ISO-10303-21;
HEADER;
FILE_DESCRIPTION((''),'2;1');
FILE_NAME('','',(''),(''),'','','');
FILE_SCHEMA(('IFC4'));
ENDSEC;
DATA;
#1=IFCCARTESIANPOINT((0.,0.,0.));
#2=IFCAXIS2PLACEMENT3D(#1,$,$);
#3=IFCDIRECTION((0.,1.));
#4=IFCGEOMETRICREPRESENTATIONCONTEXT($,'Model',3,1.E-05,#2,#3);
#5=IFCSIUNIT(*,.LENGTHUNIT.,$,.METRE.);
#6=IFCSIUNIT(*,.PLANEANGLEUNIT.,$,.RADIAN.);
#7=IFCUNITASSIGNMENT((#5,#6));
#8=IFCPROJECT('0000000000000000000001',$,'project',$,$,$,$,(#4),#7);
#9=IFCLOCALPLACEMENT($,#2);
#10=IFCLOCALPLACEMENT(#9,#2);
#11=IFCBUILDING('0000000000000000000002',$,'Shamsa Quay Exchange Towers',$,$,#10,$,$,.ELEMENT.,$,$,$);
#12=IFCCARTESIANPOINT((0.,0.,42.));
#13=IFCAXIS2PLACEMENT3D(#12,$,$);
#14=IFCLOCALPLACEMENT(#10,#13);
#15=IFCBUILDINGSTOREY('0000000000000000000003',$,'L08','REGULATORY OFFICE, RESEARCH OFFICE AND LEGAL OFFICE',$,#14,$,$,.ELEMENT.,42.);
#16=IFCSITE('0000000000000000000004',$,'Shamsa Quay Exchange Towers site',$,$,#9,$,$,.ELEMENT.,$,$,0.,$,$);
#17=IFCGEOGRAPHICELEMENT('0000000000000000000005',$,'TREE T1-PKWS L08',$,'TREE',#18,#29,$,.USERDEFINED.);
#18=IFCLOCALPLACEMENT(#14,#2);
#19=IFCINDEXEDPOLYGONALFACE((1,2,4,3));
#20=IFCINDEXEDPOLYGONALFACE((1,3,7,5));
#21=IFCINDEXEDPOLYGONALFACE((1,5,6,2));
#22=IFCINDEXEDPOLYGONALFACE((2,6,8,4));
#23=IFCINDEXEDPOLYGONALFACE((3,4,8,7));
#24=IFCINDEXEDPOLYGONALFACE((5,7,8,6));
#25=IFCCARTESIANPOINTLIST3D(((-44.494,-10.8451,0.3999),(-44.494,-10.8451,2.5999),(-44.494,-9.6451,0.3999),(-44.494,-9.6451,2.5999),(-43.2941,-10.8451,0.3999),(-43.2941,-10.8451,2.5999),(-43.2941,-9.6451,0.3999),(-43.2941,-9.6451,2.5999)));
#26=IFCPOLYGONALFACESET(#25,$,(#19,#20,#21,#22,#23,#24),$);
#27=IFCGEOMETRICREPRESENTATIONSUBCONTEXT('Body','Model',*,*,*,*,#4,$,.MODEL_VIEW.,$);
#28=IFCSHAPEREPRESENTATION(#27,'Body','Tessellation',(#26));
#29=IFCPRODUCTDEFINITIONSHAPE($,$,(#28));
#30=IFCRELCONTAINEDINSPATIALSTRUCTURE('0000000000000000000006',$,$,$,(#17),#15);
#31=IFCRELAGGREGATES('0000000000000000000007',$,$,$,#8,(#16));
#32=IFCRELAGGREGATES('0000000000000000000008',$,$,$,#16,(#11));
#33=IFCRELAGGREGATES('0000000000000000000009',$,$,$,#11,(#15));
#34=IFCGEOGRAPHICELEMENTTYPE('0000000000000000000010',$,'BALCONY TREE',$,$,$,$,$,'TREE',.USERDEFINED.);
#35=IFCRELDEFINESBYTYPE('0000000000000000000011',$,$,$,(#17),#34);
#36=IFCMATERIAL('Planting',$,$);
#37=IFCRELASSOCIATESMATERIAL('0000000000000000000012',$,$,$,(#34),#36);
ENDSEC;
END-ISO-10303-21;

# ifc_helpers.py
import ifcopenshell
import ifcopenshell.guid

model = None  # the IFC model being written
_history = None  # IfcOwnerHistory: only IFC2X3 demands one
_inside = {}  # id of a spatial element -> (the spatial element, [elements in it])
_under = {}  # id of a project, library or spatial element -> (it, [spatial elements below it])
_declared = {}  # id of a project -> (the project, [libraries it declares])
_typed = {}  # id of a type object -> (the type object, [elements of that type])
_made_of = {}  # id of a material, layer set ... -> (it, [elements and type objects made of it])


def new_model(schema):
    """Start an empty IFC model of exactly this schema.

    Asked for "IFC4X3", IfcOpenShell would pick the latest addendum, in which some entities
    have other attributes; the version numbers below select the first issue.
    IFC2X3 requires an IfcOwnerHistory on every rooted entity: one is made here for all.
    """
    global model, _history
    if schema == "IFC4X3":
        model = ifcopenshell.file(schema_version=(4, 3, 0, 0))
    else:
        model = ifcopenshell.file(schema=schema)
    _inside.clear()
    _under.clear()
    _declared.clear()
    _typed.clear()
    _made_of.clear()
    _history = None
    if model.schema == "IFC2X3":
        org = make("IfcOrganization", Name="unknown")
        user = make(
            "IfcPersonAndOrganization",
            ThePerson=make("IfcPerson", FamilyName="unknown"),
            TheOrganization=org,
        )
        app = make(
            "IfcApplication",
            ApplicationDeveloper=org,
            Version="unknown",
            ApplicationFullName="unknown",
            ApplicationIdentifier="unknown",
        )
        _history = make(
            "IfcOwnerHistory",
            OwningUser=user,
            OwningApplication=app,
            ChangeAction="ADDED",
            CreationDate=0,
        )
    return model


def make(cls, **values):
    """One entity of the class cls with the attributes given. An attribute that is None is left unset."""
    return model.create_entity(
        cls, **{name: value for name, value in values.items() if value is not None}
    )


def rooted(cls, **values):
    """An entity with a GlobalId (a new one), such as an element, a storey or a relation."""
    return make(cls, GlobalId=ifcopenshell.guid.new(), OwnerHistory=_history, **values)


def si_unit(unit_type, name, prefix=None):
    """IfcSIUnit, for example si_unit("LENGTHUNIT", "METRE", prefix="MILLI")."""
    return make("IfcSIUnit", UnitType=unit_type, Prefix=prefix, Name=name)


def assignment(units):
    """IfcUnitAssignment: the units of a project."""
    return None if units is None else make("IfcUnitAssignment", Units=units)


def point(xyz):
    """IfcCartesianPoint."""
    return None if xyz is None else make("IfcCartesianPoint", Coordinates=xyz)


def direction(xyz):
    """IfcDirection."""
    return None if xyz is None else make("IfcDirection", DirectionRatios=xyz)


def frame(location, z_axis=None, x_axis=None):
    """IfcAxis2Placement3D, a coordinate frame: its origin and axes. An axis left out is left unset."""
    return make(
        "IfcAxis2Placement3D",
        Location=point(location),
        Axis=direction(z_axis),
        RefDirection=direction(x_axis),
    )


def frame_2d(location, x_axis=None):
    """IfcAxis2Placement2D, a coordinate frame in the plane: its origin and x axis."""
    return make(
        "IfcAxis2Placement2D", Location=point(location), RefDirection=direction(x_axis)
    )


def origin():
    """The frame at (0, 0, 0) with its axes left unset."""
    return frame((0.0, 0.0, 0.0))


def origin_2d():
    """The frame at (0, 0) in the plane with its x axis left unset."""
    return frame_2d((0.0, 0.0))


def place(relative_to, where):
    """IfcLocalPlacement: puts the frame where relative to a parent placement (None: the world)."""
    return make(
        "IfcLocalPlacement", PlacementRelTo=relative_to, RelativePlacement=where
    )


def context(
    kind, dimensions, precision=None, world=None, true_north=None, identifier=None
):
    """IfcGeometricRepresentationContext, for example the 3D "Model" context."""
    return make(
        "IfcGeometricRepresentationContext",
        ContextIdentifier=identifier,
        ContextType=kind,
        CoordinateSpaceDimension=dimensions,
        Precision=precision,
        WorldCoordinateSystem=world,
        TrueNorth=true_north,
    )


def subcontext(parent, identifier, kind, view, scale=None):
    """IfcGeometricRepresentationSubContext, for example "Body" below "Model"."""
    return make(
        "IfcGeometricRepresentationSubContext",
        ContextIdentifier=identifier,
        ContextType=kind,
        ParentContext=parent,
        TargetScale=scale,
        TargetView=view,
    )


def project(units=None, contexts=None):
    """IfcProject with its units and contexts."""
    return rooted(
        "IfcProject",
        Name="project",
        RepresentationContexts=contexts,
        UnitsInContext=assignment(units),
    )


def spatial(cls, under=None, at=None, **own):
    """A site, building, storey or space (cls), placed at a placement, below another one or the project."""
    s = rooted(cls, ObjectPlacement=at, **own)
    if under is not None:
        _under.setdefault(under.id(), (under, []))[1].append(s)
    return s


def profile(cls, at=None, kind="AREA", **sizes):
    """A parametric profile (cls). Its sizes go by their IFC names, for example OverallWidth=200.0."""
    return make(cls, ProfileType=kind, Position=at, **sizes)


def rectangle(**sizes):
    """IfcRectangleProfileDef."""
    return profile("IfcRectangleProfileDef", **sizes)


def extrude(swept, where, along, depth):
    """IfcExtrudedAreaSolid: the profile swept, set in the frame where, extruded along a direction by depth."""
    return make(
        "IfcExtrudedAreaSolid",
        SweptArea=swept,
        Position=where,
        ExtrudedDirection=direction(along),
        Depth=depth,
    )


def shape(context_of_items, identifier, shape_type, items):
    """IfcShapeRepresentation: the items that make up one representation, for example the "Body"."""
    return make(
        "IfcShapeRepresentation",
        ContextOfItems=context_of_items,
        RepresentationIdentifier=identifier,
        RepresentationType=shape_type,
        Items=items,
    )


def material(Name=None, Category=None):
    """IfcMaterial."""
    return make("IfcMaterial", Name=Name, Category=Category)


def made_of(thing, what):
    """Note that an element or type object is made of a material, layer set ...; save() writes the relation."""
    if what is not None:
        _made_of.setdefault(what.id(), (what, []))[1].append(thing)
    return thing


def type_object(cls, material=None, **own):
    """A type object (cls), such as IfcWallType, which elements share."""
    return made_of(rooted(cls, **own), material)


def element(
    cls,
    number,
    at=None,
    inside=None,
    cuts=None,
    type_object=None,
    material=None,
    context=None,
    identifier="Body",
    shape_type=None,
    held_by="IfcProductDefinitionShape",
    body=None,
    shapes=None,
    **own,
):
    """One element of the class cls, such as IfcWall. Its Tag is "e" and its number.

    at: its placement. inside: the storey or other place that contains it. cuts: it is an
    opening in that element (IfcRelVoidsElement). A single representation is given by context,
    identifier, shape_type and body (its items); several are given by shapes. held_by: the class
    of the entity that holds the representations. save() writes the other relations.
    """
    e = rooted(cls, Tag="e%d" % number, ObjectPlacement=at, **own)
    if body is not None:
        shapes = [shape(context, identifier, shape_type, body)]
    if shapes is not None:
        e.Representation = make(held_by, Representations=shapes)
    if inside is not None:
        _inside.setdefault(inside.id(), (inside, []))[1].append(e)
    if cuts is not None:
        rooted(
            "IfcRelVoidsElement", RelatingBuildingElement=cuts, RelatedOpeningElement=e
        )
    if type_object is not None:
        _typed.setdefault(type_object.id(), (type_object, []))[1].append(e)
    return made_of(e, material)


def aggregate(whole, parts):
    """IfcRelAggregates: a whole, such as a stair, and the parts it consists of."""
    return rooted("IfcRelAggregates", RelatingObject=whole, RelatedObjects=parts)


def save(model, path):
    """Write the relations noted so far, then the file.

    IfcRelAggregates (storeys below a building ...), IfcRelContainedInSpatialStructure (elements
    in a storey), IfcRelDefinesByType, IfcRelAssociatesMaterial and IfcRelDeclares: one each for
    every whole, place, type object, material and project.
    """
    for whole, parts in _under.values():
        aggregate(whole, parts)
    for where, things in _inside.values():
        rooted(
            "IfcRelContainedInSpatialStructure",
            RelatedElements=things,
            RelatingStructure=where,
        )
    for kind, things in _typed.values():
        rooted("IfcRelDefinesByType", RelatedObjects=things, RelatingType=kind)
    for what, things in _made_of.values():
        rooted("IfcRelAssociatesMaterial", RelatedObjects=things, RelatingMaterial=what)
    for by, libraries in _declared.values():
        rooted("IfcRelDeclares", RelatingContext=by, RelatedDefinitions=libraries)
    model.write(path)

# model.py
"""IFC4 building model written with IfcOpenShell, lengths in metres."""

from ifc_helpers import new_model, si_unit, direction, frame, origin, origin_2d, place, context, subcontext, project, spatial, rectangle, extrude, material, type_object, element, save


model = new_model("IFC4")

# Units and contexts
model_context = context("Model", 3, precision=1e-05, world=origin(), true_north=direction((0.0, 1.0)))
body_context = subcontext(model_context, "Body", "Model", "MODEL_VIEW")
ifc_project = project(units=[si_unit("LENGTHUNIT", "METRE"), si_unit("PLANEANGLEUNIT", "RADIAN")], contexts=[model_context])

# Site, building, storey
site_placement = place(None, origin())
site = spatial("IfcSite", under=ifc_project, at=site_placement, Name="Shamsa Quay Exchange Towers site", CompositionType="ELEMENT", RefElevation=0.0)
building_placement = place(site_placement, origin())
building = spatial("IfcBuilding", under=site, at=building_placement, Name="Shamsa Quay Exchange Towers", CompositionType="ELEMENT")
storey_placement = place(building_placement, frame((0.0, 0.0, 42.0)))
storey = spatial("IfcBuildingStorey", under=building, at=storey_placement, Name="L08", Description="REGULATORY OFFICE, RESEARCH OFFICE AND LEGAL OFFICE", CompositionType="ELEMENT", Elevation=42.0)

# Geographic element
ifc_material_1 = material(Name="Planting")
geographic_element_type = type_object("IfcGeographicElementType", Name="BALCONY TREE", ElementType="TREE", PredefinedType="USERDEFINED", material=ifc_material_1)
geographic_element_placement = place(storey_placement, frame((-43.894, -10.2451, 0.3999)))
element("IfcGeographicElement", 1, at=geographic_element_placement, inside=storey, type_object=geographic_element_type, Name="TREE T1-PKWS L08", ObjectType="TREE", PredefinedType="USERDEFINED", context=body_context, shape_type="SweptSolid", body=[
    extrude(rectangle(XDim=1.2, YDim=1.2, at=origin_2d()), origin(), (0.0, 0.0, 1.0), 2.2),
])

save(model, "model.ifc")
